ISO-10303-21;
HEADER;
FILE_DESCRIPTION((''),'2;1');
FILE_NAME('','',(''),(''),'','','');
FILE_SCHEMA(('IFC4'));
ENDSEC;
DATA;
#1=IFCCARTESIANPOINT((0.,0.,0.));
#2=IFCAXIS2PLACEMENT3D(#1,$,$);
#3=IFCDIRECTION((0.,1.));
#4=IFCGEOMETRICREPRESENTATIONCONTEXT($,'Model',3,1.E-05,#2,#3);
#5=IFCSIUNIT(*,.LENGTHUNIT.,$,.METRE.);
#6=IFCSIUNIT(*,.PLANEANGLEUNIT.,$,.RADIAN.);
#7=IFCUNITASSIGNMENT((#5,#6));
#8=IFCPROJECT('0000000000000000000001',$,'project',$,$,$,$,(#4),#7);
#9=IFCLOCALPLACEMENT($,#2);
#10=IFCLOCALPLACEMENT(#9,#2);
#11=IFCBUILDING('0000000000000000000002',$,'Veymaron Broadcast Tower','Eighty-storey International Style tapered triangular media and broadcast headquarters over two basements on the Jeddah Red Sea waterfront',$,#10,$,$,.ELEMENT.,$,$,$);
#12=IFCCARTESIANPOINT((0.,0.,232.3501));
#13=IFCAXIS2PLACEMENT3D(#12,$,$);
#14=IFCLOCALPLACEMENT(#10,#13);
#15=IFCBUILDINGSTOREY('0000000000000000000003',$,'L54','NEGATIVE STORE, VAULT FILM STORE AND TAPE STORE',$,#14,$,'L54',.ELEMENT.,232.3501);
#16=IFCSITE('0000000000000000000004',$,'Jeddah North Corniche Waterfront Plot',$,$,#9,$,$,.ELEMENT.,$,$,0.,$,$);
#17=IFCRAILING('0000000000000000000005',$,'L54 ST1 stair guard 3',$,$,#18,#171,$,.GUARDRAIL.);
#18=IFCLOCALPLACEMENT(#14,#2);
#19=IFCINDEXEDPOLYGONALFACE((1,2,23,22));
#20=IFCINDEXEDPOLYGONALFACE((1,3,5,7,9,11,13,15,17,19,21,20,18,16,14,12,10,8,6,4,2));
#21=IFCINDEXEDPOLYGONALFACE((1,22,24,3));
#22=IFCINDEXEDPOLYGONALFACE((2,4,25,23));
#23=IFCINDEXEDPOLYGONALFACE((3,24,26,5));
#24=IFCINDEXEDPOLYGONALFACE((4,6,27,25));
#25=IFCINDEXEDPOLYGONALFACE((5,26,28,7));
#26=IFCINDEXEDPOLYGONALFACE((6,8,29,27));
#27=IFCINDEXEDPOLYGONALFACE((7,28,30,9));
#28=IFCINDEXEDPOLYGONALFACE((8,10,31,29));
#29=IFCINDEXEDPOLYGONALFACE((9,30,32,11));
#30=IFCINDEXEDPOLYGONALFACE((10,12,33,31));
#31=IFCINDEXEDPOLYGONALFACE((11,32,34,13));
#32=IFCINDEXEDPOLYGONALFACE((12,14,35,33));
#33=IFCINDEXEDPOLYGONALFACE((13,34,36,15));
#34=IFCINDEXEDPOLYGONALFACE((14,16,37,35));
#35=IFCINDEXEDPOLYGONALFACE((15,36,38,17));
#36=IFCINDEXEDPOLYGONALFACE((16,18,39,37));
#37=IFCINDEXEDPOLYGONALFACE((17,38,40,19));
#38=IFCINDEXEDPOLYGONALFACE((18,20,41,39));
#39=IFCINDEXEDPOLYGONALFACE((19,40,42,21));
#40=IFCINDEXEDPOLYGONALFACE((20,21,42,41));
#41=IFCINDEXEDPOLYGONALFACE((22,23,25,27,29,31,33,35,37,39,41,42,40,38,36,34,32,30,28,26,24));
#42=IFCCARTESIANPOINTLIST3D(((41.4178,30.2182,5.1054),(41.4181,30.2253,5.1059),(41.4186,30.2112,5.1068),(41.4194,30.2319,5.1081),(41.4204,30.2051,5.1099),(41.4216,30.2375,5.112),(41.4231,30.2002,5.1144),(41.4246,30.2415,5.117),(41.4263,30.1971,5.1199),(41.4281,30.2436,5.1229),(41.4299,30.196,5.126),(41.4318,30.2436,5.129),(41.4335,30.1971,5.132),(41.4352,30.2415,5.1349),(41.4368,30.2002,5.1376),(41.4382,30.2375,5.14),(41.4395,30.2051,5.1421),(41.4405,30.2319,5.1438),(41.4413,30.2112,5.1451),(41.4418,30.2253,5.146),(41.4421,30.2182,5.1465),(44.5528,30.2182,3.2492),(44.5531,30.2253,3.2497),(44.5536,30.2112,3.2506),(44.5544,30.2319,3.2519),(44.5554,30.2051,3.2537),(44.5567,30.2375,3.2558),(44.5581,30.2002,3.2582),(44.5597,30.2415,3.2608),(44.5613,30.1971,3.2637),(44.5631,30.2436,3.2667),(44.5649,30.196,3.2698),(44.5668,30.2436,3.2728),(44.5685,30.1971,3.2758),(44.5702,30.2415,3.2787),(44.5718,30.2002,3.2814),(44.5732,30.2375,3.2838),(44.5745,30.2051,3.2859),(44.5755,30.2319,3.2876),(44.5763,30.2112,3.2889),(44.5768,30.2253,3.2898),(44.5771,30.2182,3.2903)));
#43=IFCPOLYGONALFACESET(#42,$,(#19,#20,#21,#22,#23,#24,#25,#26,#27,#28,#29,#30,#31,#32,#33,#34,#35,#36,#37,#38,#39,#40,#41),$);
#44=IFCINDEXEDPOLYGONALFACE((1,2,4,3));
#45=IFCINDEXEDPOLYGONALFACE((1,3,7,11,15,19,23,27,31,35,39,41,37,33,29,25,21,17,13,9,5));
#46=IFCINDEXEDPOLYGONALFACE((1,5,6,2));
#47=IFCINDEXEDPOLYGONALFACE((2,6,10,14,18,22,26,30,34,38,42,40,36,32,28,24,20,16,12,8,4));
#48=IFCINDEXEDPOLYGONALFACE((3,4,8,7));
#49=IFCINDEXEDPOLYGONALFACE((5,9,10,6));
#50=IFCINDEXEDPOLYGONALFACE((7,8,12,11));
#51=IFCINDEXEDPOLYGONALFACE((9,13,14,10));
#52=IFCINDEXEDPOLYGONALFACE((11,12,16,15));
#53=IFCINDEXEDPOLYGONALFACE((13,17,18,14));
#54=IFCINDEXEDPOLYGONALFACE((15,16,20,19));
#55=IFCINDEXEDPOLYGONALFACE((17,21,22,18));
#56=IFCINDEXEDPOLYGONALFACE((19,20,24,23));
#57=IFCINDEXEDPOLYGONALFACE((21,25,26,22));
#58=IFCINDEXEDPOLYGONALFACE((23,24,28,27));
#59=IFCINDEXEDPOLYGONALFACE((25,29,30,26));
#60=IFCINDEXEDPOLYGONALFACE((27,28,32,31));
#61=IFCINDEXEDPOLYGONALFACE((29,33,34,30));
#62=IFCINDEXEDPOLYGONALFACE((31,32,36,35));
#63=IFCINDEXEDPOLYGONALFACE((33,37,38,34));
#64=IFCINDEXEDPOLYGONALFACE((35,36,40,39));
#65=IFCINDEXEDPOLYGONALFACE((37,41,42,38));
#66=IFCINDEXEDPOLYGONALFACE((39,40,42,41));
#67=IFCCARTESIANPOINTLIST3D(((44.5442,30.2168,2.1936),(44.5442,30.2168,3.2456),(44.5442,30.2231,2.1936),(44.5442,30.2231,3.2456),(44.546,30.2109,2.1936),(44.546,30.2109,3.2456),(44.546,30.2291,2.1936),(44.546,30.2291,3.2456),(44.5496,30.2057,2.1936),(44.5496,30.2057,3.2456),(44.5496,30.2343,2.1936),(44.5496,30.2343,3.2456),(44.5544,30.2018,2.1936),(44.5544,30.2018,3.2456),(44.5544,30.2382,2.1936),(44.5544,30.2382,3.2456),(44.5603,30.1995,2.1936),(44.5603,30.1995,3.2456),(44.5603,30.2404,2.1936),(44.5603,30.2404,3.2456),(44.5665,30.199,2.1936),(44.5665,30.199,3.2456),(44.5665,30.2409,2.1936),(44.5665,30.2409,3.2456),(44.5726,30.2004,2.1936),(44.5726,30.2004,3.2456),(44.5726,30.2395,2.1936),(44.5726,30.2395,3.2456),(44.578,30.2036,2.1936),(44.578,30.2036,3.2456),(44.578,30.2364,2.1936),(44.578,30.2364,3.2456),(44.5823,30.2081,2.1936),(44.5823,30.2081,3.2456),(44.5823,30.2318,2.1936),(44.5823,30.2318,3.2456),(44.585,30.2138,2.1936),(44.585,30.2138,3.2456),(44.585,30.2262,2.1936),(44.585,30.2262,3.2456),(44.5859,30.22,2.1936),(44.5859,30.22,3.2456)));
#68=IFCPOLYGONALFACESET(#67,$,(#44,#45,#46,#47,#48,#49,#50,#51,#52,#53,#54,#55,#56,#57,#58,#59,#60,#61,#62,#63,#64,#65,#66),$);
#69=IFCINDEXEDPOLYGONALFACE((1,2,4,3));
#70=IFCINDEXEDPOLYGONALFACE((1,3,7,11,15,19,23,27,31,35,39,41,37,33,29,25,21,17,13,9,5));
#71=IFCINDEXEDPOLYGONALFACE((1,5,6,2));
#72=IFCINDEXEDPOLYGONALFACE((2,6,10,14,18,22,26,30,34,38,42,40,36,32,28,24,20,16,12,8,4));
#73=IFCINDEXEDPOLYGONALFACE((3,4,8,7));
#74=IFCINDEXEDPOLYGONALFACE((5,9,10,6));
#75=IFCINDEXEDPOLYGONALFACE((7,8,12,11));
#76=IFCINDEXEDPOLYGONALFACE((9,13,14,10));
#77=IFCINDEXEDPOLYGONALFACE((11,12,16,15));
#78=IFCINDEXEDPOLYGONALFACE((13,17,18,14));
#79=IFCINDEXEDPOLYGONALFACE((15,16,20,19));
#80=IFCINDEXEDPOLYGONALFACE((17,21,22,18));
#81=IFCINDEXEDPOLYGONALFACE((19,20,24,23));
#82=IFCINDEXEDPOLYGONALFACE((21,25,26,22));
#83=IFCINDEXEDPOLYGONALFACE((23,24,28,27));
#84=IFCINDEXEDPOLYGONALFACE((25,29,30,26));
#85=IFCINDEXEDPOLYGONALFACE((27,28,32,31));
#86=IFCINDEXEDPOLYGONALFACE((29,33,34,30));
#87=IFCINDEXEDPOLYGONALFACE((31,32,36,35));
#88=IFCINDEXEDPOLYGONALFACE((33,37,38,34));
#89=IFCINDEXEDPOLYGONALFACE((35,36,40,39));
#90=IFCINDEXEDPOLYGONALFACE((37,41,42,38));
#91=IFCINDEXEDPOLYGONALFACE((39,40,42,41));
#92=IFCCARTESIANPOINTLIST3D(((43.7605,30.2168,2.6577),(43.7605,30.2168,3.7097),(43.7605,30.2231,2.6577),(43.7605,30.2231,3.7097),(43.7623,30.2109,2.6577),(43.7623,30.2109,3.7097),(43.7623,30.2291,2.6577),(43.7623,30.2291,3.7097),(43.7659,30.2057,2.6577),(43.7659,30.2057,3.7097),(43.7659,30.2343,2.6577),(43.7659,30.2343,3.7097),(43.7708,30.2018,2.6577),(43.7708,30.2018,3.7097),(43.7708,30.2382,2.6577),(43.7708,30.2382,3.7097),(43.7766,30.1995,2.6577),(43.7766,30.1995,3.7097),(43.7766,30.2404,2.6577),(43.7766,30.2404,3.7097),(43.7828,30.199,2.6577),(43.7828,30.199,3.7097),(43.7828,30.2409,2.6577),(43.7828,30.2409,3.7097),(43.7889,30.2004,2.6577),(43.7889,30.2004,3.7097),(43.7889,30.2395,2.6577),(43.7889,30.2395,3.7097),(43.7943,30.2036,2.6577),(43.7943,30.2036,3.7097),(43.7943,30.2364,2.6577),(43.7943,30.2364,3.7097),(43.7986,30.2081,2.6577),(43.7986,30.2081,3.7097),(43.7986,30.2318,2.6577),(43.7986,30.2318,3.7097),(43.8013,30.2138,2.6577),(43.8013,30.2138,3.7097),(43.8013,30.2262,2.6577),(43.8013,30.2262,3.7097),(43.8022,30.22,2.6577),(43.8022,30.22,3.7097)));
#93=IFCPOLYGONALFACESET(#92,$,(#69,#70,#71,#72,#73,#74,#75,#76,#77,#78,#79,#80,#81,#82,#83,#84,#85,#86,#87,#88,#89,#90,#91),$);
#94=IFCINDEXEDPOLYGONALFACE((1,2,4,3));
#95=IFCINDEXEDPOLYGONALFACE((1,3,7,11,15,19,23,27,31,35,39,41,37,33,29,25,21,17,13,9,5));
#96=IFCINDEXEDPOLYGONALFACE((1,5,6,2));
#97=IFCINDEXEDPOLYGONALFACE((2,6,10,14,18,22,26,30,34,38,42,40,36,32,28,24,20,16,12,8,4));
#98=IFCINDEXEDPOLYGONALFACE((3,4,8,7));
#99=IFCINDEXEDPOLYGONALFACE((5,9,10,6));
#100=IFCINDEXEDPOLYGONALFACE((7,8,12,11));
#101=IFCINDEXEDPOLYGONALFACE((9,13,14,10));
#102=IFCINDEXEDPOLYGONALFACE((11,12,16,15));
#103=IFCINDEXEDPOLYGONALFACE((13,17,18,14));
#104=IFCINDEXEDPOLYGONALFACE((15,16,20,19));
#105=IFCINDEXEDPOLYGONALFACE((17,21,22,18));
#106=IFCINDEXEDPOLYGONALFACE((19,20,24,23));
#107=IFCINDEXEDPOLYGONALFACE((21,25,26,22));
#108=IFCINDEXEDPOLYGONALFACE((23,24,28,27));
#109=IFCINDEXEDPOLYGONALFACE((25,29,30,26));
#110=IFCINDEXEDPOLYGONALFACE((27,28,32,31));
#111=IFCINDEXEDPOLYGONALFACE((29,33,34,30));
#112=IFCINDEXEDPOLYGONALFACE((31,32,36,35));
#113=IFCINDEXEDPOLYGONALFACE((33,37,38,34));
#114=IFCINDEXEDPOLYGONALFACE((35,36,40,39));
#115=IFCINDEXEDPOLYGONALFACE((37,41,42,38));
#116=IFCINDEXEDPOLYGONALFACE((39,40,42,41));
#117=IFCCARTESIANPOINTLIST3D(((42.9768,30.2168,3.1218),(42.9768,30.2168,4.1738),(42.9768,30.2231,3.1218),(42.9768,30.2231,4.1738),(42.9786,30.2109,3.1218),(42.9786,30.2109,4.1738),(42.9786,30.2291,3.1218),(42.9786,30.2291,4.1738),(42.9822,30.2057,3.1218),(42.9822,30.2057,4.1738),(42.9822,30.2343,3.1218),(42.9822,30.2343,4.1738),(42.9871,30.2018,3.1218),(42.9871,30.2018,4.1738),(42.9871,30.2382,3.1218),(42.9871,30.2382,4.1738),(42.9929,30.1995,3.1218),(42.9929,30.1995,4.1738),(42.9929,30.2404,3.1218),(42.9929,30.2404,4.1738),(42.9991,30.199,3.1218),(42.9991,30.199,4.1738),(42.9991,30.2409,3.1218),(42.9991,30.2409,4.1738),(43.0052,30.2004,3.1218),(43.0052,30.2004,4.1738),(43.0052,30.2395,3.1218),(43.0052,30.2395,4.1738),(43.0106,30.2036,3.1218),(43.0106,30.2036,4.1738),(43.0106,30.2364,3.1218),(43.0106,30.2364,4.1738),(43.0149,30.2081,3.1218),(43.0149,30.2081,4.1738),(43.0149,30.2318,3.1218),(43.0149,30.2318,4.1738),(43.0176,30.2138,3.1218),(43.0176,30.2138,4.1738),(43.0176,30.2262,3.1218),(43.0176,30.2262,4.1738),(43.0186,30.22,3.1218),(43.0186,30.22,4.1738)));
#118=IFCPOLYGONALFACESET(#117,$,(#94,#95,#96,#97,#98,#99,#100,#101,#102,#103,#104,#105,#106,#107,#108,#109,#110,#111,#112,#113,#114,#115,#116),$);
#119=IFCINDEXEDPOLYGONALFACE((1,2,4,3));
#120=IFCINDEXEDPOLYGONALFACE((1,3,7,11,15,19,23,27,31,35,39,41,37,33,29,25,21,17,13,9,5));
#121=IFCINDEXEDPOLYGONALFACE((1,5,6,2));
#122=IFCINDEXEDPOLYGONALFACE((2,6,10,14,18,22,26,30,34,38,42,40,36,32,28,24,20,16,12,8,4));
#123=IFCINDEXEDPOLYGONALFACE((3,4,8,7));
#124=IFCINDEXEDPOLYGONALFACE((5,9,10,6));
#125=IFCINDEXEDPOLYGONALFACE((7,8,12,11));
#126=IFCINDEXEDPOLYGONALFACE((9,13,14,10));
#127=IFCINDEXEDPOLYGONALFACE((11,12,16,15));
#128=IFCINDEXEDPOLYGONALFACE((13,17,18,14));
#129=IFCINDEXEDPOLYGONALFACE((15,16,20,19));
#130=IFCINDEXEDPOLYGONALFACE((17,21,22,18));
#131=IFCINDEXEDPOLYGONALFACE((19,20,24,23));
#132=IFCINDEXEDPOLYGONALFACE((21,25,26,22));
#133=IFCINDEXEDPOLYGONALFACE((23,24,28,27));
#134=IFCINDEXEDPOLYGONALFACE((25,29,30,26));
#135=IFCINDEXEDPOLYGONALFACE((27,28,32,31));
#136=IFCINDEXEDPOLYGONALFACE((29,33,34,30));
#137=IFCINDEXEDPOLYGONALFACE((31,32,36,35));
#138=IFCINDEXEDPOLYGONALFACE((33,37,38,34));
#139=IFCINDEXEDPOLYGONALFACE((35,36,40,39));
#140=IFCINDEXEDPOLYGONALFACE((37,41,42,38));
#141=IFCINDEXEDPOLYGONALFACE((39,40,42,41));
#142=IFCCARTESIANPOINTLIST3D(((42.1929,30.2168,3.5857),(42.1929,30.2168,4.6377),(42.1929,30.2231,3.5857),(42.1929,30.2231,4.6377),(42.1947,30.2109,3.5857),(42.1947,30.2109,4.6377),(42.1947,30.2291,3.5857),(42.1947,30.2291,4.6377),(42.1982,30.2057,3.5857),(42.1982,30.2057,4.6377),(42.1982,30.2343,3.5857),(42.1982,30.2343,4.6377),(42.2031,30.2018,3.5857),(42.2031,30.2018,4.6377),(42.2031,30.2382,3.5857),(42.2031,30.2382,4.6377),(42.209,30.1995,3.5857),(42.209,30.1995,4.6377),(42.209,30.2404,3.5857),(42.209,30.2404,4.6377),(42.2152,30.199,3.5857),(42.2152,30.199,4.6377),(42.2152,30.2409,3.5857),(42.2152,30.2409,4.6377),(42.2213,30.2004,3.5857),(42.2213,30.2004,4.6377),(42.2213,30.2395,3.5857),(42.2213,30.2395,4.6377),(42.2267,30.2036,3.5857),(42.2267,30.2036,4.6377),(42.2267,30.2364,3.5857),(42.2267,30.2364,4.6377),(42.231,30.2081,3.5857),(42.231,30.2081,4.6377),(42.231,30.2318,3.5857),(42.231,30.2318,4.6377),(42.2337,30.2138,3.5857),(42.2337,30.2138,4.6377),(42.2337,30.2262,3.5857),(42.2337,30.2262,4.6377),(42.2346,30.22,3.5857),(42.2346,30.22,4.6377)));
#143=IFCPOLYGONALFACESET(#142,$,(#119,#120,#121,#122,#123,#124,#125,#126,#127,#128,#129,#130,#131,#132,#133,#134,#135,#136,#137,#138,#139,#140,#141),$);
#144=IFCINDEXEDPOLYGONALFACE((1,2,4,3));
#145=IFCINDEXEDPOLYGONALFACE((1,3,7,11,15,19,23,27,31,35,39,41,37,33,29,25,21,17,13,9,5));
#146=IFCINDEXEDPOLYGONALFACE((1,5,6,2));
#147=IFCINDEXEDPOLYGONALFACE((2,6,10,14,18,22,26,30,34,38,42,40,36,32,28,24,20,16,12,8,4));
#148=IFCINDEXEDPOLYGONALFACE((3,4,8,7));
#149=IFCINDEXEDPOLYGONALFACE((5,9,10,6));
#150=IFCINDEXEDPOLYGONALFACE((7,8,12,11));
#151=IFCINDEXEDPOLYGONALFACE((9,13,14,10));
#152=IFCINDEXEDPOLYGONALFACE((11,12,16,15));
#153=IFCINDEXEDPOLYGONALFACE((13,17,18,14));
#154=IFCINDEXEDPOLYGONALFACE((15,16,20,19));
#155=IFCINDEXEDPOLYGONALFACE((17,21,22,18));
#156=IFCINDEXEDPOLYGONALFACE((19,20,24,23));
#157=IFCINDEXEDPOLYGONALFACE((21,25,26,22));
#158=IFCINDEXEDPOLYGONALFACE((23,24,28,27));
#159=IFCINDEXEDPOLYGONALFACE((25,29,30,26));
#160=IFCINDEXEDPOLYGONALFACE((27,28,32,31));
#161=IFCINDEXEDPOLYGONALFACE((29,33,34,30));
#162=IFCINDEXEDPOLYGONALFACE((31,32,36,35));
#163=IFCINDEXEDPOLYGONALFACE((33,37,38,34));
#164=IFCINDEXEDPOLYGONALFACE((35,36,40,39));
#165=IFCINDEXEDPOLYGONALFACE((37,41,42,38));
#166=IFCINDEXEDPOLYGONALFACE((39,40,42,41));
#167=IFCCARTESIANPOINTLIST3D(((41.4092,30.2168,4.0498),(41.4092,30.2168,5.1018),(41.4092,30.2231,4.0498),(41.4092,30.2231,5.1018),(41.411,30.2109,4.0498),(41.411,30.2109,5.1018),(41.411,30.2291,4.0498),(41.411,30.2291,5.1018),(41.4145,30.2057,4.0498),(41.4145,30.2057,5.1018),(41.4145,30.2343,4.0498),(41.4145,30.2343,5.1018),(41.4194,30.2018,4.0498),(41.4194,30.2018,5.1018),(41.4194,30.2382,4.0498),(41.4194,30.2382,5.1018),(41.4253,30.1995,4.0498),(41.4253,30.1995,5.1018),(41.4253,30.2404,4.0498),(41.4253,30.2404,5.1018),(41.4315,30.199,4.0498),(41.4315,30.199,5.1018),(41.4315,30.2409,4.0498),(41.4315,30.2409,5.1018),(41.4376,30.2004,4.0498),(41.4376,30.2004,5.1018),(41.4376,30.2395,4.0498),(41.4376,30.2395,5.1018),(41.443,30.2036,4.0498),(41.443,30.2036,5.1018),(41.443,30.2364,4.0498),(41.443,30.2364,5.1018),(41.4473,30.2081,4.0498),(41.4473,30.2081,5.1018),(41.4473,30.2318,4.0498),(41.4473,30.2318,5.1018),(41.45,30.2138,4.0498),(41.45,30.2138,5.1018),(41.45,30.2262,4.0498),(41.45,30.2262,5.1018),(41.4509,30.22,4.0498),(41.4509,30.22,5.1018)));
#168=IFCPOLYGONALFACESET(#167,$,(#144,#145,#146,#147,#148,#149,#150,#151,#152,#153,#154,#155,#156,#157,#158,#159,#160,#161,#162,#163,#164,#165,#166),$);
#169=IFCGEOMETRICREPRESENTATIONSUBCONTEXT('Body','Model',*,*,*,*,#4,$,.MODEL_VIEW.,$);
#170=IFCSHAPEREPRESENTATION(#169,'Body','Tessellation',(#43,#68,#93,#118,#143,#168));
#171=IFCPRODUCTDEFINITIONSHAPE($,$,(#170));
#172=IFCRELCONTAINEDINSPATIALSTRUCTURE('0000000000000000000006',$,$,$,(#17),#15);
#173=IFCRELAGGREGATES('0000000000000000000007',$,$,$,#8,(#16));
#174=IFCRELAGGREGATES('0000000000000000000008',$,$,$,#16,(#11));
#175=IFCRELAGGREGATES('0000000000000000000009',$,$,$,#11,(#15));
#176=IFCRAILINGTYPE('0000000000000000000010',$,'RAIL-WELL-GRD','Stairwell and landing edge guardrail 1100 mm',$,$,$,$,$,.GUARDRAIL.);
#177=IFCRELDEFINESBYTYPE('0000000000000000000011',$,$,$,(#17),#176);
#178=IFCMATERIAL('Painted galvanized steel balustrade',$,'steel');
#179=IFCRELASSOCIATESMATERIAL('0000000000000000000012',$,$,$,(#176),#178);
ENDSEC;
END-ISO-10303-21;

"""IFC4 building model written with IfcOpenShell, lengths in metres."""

from ifc_helpers import new_model, si_unit, direction, frame, origin, origin_2d, place, context, subcontext, project, spatial, circle, extrude, material, type_object, element, save


model = new_model("IFC4")

# Units and contexts
model_context = context("Model", 3, precision=1e-05, world=origin(), true_north=direction((0.0, 1.0)))
body_context = subcontext(model_context, "Body", "Model", "MODEL_VIEW")
ifc_project = project(units=[si_unit("LENGTHUNIT", "METRE"), si_unit("PLANEANGLEUNIT", "RADIAN")], contexts=[model_context])

# Site, building, storey
site_placement = place(None, origin())
site = spatial("IfcSite", under=ifc_project, at=site_placement, Name="Jeddah North Corniche Waterfront Plot", CompositionType="ELEMENT", RefElevation=0.0)
building_placement = place(site_placement, origin())
building = spatial("IfcBuilding", under=site, at=building_placement, Name="Veymaron Broadcast Tower", Description="Eighty-storey International Style tapered triangular media and broadcast headquarters over two basements on the Jeddah Red Sea waterfront", CompositionType="ELEMENT")
storey_placement = place(building_placement, frame((0.0, 0.0, 232.3501)))
storey = spatial("IfcBuildingStorey", under=building, at=storey_placement, Name="L54", Description="NEGATIVE STORE, VAULT FILM STORE AND TAPE STORE", LongName="L54", CompositionType="ELEMENT", Elevation=232.3501)

# Railing
ifc_material_1 = material(Name="Painted galvanized steel balustrade", Category="steel")
railing_type_1 = type_object("IfcRailingType", Name="RAIL-WELL-GRD", Description="Stairwell and landing edge guardrail 1100 mm", PredefinedType="GUARDRAIL", material=ifc_material_1)
railing_1_placement = place(storey_placement, frame((44.5649, 30.22, 2.1936)))
element("IfcRailing", 1, at=railing_1_placement, inside=storey, type_object=railing_type_1, Name="L54 ST1 stair guard 3", PredefinedType="GUARDRAIL", context=body_context, shape_type="SweptSolid", body=[
    extrude(circle(Radius=0.0239, at=origin_2d()), frame((0.0, 0.0, 1.0762), z_axis=(-0.860482, 0.0, 0.509481), x_axis=(0.0, -1.0, 0.0)), (0.0, 0.0, 1.0), 3.6433),
    extrude(circle(Radius=0.021, at=origin_2d()), origin(), (0.0, 0.0, 1.0), 1.052),
    extrude(circle(Radius=0.021, at=origin_2d()), frame((-0.7837, 0.0, 0.4641)), (0.0, 0.0, 1.0), 1.052),
    extrude(circle(Radius=0.021, at=origin_2d()), frame((-1.5674, 0.0, 0.9282)), (0.0, 0.0, 1.0), 1.052),
    extrude(circle(Radius=0.021, at=origin_2d()), frame((-2.3513, 0.0, 1.3921)), (0.0, 0.0, 1.0), 1.052),
    extrude(circle(Radius=0.021, at=origin_2d()), frame((-3.135, 0.0, 1.8562)), (0.0, 0.0, 1.0), 1.052),
])

save(model, "model.ifc")
